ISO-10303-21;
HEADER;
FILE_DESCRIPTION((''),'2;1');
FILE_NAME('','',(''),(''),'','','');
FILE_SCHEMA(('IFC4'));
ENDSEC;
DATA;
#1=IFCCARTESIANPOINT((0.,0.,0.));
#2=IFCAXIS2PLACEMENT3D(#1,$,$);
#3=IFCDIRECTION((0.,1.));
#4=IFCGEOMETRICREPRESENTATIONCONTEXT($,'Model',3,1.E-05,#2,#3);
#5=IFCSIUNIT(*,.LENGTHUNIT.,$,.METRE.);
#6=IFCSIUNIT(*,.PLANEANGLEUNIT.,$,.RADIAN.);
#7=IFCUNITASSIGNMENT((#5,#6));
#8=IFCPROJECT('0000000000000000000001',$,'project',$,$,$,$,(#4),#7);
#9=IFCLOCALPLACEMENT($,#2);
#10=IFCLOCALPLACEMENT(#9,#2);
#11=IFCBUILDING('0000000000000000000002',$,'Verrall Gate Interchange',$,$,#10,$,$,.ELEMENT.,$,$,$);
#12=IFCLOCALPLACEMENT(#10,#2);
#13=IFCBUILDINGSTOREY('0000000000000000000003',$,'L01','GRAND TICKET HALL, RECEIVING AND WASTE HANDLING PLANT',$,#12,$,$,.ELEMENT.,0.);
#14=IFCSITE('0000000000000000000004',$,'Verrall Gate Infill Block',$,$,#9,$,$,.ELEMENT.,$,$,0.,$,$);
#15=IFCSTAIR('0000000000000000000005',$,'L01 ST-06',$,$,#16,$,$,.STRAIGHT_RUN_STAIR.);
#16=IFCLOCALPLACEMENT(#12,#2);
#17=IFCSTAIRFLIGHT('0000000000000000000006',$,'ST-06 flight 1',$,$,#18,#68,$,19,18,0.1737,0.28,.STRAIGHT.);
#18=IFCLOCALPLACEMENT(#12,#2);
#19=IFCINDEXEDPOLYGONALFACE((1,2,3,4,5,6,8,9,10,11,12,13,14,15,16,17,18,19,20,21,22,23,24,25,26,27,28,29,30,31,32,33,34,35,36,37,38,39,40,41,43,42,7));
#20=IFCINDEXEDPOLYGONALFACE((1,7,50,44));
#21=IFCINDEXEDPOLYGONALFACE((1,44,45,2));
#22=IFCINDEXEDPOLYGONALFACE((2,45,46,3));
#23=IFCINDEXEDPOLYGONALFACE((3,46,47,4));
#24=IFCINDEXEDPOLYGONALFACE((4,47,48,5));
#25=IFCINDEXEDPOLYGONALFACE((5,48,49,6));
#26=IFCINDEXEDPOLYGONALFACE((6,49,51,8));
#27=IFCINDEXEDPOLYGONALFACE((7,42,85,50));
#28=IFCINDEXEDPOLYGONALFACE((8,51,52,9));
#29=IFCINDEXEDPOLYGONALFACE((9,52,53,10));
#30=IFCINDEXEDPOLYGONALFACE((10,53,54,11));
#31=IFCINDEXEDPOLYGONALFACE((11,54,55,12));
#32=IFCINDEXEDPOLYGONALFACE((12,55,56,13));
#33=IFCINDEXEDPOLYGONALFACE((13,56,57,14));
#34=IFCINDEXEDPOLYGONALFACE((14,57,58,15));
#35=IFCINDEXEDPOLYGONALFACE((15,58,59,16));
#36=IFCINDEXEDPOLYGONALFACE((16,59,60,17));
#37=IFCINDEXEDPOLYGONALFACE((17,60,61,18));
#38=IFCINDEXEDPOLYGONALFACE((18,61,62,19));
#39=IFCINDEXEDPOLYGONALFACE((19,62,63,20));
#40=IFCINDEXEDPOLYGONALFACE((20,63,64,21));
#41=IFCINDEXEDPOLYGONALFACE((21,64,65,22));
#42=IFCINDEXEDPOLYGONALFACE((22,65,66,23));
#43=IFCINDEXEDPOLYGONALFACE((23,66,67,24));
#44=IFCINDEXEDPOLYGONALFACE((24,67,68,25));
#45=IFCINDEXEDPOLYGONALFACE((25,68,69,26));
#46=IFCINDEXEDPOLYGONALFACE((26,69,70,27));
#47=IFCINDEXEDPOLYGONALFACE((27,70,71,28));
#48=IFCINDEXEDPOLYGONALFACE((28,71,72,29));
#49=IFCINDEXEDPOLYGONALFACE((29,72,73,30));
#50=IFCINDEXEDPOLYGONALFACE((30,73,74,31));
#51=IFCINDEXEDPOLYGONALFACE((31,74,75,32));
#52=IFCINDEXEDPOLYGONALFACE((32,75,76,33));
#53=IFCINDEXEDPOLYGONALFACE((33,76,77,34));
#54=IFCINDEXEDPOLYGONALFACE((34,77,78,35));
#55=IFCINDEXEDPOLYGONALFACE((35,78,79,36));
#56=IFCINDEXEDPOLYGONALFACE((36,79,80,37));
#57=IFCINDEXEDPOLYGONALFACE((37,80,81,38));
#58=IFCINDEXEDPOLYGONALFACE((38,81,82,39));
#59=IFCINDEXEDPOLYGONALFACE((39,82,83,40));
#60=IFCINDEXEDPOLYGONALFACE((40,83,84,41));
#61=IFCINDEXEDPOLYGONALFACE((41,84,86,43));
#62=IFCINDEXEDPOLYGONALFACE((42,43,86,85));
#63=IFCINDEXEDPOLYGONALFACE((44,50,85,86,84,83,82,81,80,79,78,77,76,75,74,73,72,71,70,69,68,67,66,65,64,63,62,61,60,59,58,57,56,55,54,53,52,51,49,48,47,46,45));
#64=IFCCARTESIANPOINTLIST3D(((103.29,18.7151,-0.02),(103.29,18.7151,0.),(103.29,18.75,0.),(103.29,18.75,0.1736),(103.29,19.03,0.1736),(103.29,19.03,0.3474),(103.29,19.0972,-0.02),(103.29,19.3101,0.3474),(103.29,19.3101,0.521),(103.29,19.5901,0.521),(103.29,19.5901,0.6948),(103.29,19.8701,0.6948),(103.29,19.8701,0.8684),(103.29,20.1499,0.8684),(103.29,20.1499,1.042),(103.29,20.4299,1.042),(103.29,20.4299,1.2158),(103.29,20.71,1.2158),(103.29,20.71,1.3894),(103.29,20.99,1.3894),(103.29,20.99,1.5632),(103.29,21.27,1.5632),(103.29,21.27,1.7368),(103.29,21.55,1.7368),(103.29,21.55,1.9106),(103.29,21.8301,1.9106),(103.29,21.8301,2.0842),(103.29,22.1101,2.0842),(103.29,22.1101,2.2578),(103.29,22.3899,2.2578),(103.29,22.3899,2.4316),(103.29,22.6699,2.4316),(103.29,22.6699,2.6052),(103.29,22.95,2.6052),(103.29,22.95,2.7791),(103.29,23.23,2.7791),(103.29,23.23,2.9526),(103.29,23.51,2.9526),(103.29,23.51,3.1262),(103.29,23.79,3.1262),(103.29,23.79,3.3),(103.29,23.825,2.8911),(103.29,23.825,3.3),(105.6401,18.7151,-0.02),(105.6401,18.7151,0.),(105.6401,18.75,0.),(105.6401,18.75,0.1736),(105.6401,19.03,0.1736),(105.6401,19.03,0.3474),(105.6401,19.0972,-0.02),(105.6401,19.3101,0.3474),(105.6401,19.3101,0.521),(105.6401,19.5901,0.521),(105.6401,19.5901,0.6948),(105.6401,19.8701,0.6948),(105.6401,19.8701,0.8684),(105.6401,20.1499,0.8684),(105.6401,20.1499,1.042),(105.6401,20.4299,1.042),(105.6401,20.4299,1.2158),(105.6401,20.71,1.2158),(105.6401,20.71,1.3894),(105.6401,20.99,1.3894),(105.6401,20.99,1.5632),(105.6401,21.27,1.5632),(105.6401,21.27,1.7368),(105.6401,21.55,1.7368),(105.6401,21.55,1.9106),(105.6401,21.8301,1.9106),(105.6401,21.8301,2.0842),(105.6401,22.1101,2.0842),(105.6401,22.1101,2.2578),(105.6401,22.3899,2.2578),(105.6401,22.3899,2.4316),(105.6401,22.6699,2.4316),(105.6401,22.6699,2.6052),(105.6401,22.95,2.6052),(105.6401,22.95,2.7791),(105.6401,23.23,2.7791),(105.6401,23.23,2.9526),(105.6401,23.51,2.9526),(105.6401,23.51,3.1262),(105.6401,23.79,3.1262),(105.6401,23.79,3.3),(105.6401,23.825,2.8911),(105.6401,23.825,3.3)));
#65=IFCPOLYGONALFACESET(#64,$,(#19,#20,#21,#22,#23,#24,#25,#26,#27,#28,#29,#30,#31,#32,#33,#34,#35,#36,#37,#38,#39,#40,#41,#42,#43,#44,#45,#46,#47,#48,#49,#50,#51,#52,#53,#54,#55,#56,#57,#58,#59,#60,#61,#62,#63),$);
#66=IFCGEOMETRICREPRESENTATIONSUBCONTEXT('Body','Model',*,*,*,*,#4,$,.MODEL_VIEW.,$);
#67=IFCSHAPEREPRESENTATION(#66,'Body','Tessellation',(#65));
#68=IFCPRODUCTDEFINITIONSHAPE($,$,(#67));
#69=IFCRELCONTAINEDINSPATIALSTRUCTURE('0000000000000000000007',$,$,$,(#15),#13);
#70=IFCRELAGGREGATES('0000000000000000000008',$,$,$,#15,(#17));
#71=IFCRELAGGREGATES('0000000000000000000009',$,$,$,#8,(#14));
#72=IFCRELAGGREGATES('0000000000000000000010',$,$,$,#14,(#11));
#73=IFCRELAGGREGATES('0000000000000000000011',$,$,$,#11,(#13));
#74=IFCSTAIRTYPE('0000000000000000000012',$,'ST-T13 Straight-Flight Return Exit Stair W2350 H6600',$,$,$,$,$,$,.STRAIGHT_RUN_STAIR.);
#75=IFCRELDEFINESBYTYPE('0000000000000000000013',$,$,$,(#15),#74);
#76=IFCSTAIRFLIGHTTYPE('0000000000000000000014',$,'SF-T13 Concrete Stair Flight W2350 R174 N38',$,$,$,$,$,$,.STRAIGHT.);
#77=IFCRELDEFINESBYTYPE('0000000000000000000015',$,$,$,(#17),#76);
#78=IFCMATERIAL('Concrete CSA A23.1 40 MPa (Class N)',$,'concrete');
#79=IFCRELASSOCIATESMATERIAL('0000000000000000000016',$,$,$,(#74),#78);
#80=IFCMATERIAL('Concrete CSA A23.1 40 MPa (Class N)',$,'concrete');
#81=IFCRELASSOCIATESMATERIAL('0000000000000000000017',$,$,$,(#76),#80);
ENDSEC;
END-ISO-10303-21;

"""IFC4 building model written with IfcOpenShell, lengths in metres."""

from ifc_helpers import new_model, si_unit, direction, frame, origin, place, context, subcontext, project, spatial, polyline, outline, extrude, material, type_object, element, aggregate, save


model = new_model("IFC4")

# Units and contexts
model_context = context("Model", 3, precision=1e-05, world=origin(), true_north=direction((0.0, 1.0)))
body_context = subcontext(model_context, "Body", "Model", "MODEL_VIEW")
ifc_project = project(units=[si_unit("LENGTHUNIT", "METRE"), si_unit("PLANEANGLEUNIT", "RADIAN")], contexts=[model_context])

# Site, building, storey
site_placement = place(None, origin())
site = spatial("IfcSite", under=ifc_project, at=site_placement, Name="Verrall Gate Infill Block", CompositionType="ELEMENT", RefElevation=0.0)
building_placement = place(site_placement, origin())
building = spatial("IfcBuilding", under=site, at=building_placement, Name="Verrall Gate Interchange", CompositionType="ELEMENT")
storey_placement = place(building_placement, origin())
storey = spatial("IfcBuildingStorey", under=building, at=storey_placement, Name="L01", Description="GRAND TICKET HALL, RECEIVING AND WASTE HANDLING PLANT", CompositionType="ELEMENT", Elevation=0.0)

# Stair, stair flight
ifc_material_1 = material(Name="Concrete CSA A23.1 40 MPa (Class N)", Category="concrete")
stair_type = type_object("IfcStairType", Name="ST-T13 Straight-Flight Return Exit Stair W2350 H6600", PredefinedType="STRAIGHT_RUN_STAIR", material=ifc_material_1)
stair_placement = place(storey_placement, origin())
stair = element("IfcStair", 1, at=stair_placement, inside=storey, type_object=stair_type, Name="L01 ST-06", PredefinedType="STRAIGHT_RUN_STAIR")
ifc_material_2 = material(Name="Concrete CSA A23.1 40 MPa (Class N)", Category="concrete")
stair_flight_type = type_object("IfcStairFlightType", Name="SF-T13 Concrete Stair Flight W2350 R174 N38", PredefinedType="STRAIGHT", material=ifc_material_2)
stair_flight_placement = place(storey_placement, frame((104.4651, 18.75, 0.0), z_axis=(0.0, 0.0, 1.0), x_axis=(0.0, 1.0, 0.0)))
stair_flight = element("IfcStairFlight", 2, at=stair_flight_placement, type_object=stair_flight_type, Name="ST-06 flight 1", NumberOfRisers=19, NumberOfTreads=18, PredefinedType="STRAIGHT", RiserHeight=0.1737, TreadLength=0.28, context=body_context, shape_type="SweptSolid", body=[
    extrude(outline(polyline([(-0.0349, -0.02), (-0.0349, 0.0), (0.0, 0.0), (0.0, 0.1736), (0.28, 0.1736), (0.28, 0.3474), (0.5601, 0.3474), (0.5601, 0.521), (0.8401, 0.521), (0.8401, 0.6948), (1.1201, 0.6948), (1.1201, 0.8684), (1.3999, 0.8684), (1.3999, 1.042), (1.6799, 1.042), (1.6799, 1.2158), (1.96, 1.2158), (1.96, 1.3894), (2.24, 1.3894), (2.24, 1.5632), (2.52, 1.5632), (2.52, 1.7368), (2.8, 1.7368), (2.8, 1.9106), (3.0801, 1.9106), (3.0801, 2.0842), (3.3601, 2.0842), (3.3601, 2.2578), (3.6399, 2.2578), (3.6399, 2.4316), (3.9199, 2.4316), (3.9199, 2.6052), (4.2, 2.6052), (4.2, 2.7791), (4.48, 2.7791), (4.48, 2.9526), (4.76, 2.9526), (4.76, 3.1262), (5.04, 3.1262), (5.04, 3.3), (5.075, 3.3), (5.075, 2.8911), (0.3472, -0.02), (-0.0349, -0.02)])), frame((0.0, 1.175, 0.0), z_axis=(0.0, -1.0, 0.0), x_axis=(1.0, 0.0, 0.0)), (0.0, 0.0, 1.0), 2.3501),
])
aggregate(stair, [stair_flight])

save(model, "model.ifc")
